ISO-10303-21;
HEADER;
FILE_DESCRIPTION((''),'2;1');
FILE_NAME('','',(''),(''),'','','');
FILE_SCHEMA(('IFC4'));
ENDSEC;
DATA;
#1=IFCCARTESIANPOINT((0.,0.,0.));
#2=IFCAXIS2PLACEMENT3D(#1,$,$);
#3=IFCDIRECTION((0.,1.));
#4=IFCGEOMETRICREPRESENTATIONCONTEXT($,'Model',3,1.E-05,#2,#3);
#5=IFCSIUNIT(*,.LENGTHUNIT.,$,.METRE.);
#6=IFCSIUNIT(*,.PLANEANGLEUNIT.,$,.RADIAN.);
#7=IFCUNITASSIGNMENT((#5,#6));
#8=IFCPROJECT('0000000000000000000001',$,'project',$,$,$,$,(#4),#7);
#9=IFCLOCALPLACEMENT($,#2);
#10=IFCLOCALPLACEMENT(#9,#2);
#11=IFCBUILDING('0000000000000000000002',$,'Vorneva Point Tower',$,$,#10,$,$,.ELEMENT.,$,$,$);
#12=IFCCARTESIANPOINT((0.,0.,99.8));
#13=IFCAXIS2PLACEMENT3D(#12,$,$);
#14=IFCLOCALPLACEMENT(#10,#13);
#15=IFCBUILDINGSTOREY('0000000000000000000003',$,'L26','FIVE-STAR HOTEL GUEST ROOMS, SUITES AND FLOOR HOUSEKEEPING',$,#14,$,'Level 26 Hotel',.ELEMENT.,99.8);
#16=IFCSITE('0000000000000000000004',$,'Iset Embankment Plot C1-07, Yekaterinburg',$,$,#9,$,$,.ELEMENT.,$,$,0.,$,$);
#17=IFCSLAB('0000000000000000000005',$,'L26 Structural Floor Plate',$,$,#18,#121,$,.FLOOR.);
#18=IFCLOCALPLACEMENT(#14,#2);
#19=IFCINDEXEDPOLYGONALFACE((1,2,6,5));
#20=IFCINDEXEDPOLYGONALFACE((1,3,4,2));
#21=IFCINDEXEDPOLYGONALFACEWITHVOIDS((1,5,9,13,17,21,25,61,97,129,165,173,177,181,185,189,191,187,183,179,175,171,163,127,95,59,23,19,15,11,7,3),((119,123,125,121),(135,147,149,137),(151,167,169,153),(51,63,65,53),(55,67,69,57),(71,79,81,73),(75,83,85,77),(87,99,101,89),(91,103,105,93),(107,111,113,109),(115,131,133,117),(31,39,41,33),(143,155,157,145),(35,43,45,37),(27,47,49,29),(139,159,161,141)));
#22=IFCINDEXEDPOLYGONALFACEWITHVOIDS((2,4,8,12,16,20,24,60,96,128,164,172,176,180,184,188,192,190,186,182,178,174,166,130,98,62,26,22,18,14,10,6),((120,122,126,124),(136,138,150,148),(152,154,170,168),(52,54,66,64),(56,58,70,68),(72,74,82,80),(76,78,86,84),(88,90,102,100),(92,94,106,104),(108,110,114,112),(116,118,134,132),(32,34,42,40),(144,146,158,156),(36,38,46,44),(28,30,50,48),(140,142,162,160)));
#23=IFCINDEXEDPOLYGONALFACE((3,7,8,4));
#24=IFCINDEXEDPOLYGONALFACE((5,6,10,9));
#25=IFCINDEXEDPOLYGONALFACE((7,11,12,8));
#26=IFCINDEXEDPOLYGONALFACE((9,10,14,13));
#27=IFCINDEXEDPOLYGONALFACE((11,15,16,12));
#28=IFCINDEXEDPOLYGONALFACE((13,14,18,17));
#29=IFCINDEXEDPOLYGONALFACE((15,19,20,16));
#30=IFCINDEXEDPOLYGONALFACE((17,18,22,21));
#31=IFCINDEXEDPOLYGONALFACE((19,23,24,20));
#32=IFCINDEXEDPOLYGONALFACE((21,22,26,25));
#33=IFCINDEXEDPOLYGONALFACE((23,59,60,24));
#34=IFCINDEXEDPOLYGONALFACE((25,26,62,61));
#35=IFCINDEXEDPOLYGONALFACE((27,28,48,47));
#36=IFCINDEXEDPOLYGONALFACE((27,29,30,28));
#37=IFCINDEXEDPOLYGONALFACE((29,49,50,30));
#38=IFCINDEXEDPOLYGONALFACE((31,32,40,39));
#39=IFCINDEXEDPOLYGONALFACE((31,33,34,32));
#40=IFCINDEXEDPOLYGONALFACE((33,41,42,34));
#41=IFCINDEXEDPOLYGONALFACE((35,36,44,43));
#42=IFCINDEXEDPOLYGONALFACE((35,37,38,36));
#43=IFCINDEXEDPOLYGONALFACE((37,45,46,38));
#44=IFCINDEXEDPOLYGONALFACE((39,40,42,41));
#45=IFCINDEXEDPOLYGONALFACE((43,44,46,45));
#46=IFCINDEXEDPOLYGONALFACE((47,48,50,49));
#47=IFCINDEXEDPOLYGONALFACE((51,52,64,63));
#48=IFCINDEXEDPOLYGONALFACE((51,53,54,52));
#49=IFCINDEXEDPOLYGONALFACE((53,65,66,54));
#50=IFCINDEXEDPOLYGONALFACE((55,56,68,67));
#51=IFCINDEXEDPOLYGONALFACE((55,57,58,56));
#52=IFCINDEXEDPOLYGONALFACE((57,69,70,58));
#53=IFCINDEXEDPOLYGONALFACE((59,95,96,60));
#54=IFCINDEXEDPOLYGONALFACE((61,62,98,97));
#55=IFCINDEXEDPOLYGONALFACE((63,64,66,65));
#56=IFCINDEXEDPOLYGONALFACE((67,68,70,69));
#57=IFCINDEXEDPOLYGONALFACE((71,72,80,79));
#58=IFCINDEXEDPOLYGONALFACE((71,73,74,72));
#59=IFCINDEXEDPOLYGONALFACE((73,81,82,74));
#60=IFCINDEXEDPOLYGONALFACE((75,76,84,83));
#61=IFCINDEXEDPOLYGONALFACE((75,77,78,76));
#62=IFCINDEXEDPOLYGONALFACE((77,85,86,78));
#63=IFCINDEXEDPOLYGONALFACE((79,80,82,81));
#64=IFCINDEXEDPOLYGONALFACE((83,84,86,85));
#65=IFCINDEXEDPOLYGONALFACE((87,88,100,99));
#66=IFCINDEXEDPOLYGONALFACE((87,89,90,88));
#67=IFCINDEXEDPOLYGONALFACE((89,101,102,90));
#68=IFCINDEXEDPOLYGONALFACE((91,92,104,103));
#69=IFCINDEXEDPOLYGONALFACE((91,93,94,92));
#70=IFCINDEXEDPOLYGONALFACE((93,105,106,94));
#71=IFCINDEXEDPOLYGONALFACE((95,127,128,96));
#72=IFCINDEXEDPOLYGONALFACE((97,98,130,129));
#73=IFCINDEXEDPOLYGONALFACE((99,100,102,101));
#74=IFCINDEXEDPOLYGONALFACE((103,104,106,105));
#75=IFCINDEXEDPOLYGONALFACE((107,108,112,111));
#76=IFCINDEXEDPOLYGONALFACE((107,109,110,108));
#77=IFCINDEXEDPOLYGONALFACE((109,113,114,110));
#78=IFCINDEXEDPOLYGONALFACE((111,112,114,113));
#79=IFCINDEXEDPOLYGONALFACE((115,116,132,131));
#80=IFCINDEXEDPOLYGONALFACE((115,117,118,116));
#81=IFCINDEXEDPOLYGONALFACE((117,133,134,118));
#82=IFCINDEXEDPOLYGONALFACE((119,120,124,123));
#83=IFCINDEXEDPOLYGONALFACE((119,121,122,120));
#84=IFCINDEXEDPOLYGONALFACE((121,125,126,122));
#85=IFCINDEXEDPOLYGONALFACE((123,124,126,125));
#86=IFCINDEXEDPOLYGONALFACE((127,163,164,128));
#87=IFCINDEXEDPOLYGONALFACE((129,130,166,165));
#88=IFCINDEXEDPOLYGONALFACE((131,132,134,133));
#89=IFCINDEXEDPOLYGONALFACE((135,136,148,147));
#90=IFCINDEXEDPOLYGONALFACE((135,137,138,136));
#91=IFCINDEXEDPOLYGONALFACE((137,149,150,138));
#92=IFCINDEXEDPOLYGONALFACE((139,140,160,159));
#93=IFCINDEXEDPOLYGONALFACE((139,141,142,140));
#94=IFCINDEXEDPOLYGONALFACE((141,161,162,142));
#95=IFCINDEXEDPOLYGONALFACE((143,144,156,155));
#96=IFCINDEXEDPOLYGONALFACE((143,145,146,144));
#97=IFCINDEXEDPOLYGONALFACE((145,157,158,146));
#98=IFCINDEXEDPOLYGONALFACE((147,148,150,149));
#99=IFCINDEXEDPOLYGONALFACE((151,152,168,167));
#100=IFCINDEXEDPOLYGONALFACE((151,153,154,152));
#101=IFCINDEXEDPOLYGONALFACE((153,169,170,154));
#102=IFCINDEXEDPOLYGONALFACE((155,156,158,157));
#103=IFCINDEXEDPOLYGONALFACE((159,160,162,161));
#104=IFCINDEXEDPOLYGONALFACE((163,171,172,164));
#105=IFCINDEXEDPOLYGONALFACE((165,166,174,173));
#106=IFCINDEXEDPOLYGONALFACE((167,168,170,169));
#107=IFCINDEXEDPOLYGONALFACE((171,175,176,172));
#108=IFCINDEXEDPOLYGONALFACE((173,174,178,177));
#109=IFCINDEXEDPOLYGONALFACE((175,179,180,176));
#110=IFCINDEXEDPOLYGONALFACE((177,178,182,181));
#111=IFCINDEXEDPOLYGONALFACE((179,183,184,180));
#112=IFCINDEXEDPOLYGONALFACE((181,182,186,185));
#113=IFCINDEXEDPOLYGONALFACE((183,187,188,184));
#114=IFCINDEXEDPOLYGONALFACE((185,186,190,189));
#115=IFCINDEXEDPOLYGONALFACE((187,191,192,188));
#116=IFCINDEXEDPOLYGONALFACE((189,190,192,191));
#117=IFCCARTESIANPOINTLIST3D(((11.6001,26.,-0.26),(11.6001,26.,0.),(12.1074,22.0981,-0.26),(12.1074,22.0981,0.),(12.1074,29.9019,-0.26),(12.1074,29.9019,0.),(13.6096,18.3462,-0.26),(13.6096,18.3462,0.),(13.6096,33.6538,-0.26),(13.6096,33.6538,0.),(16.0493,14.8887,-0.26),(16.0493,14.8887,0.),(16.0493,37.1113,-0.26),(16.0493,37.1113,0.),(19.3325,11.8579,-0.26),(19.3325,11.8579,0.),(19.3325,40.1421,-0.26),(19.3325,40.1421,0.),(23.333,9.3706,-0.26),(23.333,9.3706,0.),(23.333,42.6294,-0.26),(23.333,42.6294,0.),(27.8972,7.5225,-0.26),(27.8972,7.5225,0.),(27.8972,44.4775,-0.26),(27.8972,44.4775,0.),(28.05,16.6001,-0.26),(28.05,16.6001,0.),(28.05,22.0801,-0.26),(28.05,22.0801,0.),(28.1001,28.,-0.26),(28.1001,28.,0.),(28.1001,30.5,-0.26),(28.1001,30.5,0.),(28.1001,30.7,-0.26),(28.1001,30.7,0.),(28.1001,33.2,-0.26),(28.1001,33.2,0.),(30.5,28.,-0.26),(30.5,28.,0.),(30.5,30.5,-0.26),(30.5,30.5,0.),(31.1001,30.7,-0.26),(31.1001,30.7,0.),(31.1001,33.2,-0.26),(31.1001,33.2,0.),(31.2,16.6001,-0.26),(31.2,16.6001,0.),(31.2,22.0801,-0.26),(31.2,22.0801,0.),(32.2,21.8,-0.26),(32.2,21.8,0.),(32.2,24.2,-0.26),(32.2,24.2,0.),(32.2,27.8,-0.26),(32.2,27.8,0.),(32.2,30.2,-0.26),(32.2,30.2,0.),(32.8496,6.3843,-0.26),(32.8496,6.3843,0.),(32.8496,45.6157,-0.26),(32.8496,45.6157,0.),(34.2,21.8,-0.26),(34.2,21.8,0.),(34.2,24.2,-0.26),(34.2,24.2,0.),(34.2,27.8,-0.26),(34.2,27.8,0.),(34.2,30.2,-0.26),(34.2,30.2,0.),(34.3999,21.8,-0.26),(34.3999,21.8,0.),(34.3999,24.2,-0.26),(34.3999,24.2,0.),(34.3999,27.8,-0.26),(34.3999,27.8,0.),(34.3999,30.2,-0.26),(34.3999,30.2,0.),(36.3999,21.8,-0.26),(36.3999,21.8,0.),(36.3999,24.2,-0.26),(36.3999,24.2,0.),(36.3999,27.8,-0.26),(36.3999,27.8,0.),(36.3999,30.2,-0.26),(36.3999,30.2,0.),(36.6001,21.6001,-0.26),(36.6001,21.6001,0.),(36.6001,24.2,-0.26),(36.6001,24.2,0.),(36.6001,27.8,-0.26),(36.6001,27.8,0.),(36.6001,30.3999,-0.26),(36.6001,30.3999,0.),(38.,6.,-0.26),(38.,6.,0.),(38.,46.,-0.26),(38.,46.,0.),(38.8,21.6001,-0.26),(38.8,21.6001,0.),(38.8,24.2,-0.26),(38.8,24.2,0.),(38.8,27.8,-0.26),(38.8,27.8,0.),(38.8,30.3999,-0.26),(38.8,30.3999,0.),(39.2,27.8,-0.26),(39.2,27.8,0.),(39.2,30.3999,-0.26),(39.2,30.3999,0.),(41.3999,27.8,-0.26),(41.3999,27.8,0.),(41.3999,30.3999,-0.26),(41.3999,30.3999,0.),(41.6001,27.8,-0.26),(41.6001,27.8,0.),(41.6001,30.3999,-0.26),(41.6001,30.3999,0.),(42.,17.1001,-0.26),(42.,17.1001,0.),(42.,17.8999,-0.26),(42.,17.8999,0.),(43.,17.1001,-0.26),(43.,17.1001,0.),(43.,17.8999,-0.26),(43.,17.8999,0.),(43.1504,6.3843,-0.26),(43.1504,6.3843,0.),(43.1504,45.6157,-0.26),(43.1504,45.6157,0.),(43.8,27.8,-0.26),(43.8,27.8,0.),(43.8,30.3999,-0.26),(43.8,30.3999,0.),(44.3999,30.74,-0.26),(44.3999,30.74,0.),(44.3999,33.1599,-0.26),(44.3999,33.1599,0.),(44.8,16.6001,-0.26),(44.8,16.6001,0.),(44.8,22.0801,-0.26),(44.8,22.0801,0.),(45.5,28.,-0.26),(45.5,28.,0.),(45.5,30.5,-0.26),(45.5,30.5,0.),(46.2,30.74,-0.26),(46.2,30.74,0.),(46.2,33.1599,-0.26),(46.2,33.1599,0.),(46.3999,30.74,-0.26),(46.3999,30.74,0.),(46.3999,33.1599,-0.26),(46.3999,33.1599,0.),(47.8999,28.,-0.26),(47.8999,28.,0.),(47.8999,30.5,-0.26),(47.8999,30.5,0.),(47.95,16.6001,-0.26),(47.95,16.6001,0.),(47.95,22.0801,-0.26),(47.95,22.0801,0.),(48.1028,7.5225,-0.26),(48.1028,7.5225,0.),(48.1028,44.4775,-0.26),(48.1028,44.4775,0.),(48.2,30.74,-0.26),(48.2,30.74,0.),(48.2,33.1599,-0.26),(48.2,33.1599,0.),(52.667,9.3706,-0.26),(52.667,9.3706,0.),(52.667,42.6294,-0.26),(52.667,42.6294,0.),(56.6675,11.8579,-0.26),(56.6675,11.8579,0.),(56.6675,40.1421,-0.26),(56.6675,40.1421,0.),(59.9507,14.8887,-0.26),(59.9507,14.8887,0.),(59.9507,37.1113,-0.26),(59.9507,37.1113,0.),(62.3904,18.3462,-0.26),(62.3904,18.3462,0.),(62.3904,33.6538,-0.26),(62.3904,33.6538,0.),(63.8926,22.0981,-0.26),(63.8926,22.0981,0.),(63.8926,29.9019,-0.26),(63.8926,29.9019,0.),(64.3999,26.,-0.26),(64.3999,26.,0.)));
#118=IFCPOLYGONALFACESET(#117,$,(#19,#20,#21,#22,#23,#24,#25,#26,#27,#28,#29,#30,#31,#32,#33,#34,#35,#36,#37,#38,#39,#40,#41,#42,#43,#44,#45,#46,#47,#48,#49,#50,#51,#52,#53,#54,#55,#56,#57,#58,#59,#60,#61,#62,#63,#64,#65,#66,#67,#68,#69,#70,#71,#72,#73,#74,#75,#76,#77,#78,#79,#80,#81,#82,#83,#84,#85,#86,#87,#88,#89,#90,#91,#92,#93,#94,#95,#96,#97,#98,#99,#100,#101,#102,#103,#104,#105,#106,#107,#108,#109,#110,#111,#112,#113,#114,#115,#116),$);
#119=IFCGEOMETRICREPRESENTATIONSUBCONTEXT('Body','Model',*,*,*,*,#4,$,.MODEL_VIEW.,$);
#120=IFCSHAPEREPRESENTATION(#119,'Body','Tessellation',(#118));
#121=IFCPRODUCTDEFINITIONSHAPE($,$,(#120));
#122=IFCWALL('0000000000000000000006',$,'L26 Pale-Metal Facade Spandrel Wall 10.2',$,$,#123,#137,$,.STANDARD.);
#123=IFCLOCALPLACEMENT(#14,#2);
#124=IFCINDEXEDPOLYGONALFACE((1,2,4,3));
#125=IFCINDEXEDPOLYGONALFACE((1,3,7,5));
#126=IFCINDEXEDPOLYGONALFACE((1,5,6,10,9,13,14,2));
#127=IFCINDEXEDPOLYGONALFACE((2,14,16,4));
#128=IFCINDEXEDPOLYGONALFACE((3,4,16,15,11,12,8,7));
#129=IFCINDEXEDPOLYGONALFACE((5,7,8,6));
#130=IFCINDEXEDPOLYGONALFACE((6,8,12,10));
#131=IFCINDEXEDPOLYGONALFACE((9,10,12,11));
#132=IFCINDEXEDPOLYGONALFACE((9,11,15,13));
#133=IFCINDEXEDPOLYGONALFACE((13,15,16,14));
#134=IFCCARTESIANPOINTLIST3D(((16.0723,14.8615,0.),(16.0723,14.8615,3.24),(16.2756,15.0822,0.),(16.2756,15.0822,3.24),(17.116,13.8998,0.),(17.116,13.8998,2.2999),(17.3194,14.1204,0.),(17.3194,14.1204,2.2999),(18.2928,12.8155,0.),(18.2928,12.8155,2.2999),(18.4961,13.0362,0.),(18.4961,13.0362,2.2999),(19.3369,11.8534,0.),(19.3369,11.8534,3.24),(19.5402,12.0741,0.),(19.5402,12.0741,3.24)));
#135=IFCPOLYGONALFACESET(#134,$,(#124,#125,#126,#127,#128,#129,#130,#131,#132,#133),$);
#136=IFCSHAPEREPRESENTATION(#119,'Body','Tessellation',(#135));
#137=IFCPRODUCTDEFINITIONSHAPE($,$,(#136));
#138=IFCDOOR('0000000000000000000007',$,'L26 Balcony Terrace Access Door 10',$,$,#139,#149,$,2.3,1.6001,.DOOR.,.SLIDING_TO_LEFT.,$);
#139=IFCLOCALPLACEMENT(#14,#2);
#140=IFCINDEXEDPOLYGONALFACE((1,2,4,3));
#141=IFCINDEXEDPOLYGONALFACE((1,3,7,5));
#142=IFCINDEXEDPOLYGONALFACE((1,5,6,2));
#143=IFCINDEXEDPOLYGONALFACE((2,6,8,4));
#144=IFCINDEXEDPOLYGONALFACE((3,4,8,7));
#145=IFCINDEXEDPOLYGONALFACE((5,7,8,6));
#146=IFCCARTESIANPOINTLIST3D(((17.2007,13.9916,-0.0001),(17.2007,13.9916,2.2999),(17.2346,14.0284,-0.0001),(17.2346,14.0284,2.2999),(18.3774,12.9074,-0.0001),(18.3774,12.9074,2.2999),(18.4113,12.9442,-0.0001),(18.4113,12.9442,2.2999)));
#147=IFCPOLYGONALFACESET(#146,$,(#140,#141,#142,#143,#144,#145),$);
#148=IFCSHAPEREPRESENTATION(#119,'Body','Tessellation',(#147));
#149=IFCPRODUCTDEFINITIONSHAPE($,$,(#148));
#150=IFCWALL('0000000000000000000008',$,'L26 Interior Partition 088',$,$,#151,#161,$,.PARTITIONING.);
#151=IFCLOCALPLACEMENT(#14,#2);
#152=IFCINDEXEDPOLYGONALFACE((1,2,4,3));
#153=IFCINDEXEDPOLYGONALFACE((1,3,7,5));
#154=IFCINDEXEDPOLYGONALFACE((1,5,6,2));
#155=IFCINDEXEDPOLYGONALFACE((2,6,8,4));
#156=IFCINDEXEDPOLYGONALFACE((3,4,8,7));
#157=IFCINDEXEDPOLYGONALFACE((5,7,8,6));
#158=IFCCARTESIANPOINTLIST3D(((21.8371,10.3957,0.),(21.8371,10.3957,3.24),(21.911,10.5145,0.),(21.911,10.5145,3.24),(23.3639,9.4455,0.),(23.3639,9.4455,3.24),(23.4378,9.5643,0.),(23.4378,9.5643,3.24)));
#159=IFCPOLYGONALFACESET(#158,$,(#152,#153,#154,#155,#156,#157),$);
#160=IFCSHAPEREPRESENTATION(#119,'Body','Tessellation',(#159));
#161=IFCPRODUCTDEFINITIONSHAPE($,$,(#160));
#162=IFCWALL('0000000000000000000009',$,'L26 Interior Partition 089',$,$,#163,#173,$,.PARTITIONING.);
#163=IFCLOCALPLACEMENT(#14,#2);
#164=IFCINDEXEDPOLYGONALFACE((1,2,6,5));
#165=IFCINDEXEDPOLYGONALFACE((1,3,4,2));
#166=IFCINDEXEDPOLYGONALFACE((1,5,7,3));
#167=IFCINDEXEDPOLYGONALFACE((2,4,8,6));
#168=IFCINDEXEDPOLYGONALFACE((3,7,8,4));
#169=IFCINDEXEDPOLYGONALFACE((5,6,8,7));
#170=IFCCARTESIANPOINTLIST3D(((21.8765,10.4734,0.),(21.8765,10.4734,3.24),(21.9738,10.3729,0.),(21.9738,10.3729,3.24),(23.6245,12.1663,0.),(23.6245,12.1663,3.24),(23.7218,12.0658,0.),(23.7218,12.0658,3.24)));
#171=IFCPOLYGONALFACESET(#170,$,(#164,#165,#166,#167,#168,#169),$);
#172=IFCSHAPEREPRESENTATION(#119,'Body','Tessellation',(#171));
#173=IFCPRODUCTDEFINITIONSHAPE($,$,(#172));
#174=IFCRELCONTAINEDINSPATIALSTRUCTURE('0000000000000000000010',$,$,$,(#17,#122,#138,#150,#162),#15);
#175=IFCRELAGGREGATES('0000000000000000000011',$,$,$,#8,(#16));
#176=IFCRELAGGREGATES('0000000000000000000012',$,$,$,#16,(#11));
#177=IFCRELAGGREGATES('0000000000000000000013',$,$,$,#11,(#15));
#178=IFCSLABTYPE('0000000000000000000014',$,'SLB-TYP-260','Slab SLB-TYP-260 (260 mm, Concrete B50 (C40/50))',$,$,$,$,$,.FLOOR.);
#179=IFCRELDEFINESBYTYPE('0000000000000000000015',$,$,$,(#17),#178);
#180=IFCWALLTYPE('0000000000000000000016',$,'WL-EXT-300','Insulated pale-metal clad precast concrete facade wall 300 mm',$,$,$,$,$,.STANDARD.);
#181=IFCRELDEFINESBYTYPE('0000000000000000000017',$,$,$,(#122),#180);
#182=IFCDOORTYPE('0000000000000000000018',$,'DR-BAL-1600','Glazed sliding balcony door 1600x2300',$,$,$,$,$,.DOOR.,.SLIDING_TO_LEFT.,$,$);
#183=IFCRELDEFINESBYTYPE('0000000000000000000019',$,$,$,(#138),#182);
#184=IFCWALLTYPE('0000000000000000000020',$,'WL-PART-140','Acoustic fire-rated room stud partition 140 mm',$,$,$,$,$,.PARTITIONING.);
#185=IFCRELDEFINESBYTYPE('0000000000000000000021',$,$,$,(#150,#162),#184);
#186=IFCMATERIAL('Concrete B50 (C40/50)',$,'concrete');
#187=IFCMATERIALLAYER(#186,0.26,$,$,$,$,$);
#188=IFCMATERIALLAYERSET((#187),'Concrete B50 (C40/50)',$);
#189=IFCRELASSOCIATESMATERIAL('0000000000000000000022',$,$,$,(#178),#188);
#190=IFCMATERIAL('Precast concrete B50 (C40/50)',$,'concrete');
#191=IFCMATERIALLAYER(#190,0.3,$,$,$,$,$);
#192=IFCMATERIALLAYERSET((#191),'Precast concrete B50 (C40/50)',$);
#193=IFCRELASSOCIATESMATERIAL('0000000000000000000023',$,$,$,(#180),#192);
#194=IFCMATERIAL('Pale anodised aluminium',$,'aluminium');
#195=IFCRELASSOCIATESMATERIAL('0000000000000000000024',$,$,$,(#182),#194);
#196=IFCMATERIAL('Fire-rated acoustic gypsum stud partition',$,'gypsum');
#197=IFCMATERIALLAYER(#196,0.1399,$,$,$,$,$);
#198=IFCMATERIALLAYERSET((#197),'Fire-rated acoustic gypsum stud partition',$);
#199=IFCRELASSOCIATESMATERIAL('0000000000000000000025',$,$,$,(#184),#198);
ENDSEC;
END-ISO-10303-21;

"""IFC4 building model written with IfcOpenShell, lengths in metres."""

from ifc_helpers import new_model, si_unit, direction, frame, frame_2d, origin, place, context, subcontext, project, spatial, polyline, rectangle, outline, extrude, material, layer, layer_set, type_object, element, fill, save


model = new_model("IFC4")

# Units and contexts
model_context = context("Model", 3, precision=1e-05, world=origin(), true_north=direction((0.0, 1.0)))
body_context = subcontext(model_context, "Body", "Model", "MODEL_VIEW")
ifc_project = project(units=[si_unit("LENGTHUNIT", "METRE"), si_unit("PLANEANGLEUNIT", "RADIAN")], contexts=[model_context])

# Site, building, storey
site_placement = place(None, origin())
site = spatial("IfcSite", under=ifc_project, at=site_placement, Name="Iset Embankment Plot C1-07, Yekaterinburg", CompositionType="ELEMENT", RefElevation=0.0)
building_placement = place(site_placement, origin())
building = spatial("IfcBuilding", under=site, at=building_placement, Name="Vorneva Point Tower", CompositionType="ELEMENT")
storey_placement = place(building_placement, frame((0.0, 0.0, 99.8)))
storey = spatial("IfcBuildingStorey", under=building, at=storey_placement, Name="L26", Description="FIVE-STAR HOTEL GUEST ROOMS, SUITES AND FLOOR HOUSEKEEPING", LongName="Level 26 Hotel", CompositionType="ELEMENT", Elevation=99.8)

# Shared definitions
ifc_material_1 = material(Name="Pale anodised aluminium", Category="aluminium")

# Shared definitions
ifc_material_2 = material(Name="Concrete B50 (C40/50)", Category="concrete")

# Slab
ifc_layer_1 = layer(ifc_material_2, 0.26)
ifc_layer_set_1 = layer_set([ifc_layer_1], Name="Concrete B50 (C40/50)")
slab_type_1 = type_object("IfcSlabType", Name="SLB-TYP-260", Description="Slab SLB-TYP-260 (260 mm, Concrete B50 (C40/50))", PredefinedType="FLOOR", material=ifc_layer_set_1)
slab_1_placement = place(storey_placement, frame((0.0, 0.0, -0.26)))
element("IfcSlab", 1, at=slab_1_placement, inside=storey, type_object=slab_type_1, Name="L26 Structural Floor Plate", PredefinedType="FLOOR", context=body_context, shape_type="SweptSolid", body=[
    extrude(outline(polyline([(64.3999, 26.0), (63.8926, 29.9019), (62.3904, 33.6538), (59.9507, 37.1113), (56.6675, 40.1421), (52.667, 42.6294), (48.1028, 44.4775), (43.1504, 45.6157), (38.0, 46.0), (32.8496, 45.6157), (27.8972, 44.4775), (23.333, 42.6294), (19.3325, 40.1421), (16.0493, 37.1113), (13.6096, 33.6538), (12.1074, 29.9019), (11.6001, 26.0), (12.1074, 22.0981), (13.6096, 18.3462), (16.0493, 14.8887), (19.3325, 11.8579), (23.333, 9.3706), (27.8972, 7.5225), (32.8496, 6.3843), (38.0, 6.0), (43.1504, 6.3843), (48.1028, 7.5225), (52.667, 9.3706), (56.6675, 11.8579), (59.9507, 14.8887), (62.3904, 18.3462), (63.8926, 22.0981), (64.3999, 26.0)]), holes=[polyline([(32.2, 27.8), (34.2, 27.8), (34.2, 30.2), (32.2, 30.2), (32.2, 27.8)]), polyline([(34.3999, 27.8), (36.3999, 27.8), (36.3999, 30.2), (34.3999, 30.2), (34.3999, 27.8)]), polyline([(36.6001, 27.8), (38.8, 27.8), (38.8, 30.3999), (36.6001, 30.3999), (36.6001, 27.8)]), polyline([(32.2, 21.8), (34.2, 21.8), (34.2, 24.2), (32.2, 24.2), (32.2, 21.8)]), polyline([(34.3999, 21.8), (36.3999, 21.8), (36.3999, 24.2), (34.3999, 24.2), (34.3999, 21.8)]), polyline([(36.6001, 21.6001), (38.8, 21.6001), (38.8, 24.2), (36.6001, 24.2), (36.6001, 21.6001)]), polyline([(39.2, 27.8), (41.3999, 27.8), (41.3999, 30.3999), (39.2, 30.3999), (39.2, 27.8)]), polyline([(41.6001, 27.8), (43.8, 27.8), (43.8, 30.3999), (41.6001, 30.3999), (41.6001, 27.8)]), polyline([(44.3999, 30.74), (46.2, 30.74), (46.2, 33.1599), (44.3999, 33.1599), (44.3999, 30.74)]), polyline([(46.3999, 30.74), (48.2, 30.74), (48.2, 33.1599), (46.3999, 33.1599), (46.3999, 30.74)]), polyline([(28.1001, 28.0), (30.5, 28.0), (30.5, 30.5), (28.1001, 30.5), (28.1001, 28.0)]), polyline([(45.5, 28.0), (47.8999, 28.0), (47.8999, 30.5), (45.5, 30.5), (45.5, 28.0)]), polyline([(28.1001, 30.7), (31.1001, 30.7), (31.1001, 33.2), (28.1001, 33.2), (28.1001, 30.7)]), polyline([(28.05, 16.6001), (31.2, 16.6001), (31.2, 22.0801), (28.05, 22.0801), (28.05, 16.6001)]), polyline([(44.8, 16.6001), (47.95, 16.6001), (47.95, 22.0801), (44.8, 22.0801), (44.8, 16.6001)]), polyline([(42.0, 17.1001), (43.0, 17.1001), (43.0, 17.8999), (42.0, 17.8999), (42.0, 17.1001)])]), origin(), (0.0, 0.0, 1.0), 0.26),
])

# Wall, opening, door
ifc_material_3 = material(Name="Precast concrete B50 (C40/50)", Category="concrete")
ifc_layer_2 = layer(ifc_material_3, 0.3)
ifc_layer_set_2 = layer_set([ifc_layer_2], Name="Precast concrete B50 (C40/50)")
wall_type_1 = type_object("IfcWallType", Name="WL-EXT-300", Description="Insulated pale-metal clad precast concrete facade wall 300 mm", PredefinedType="STANDARD", material=ifc_layer_set_2)
wall_1_placement = place(storey_placement, frame((16.1738, 14.9719, 0.0), z_axis=(0.0, 0.0, 1.0), x_axis=(0.735417, -0.677615, 0.0)))
wall_1 = element("IfcWall", 2, at=wall_1_placement, inside=storey, type_object=wall_type_1, Name="L26 Pale-Metal Facade Spandrel Wall 10.2", PredefinedType="STANDARD", context=body_context, shape_type="SweptSolid", body=[
    extrude(rectangle(XDim=4.4392, YDim=0.3, at=frame_2d((2.2197, 0.0))), origin(), (0.0, 0.0, 1.0), 3.24),
])
opening_1_placement = place(wall_1_placement, frame((1.4194, 0.0, 0.0)))
opening_1 = element("IfcOpeningElement", 3, at=opening_1_placement, cuts=wall_1, PredefinedType="OPENING", context=body_context, shape_type="SweptSolid", body=[
    extrude(rectangle(XDim=1.6001, YDim=2.3, at=frame_2d((0.8, 1.1499))), frame((0.0, 0.165, 0.0), z_axis=(0.0, -1.0, 0.0), x_axis=(1.0, 0.0, 0.0)), (0.0, 0.0, 1.0), 0.3298),
])
door_type_1 = type_object("IfcDoorType", Name="DR-BAL-1600", Description="Glazed sliding balcony door 1600x2300", OperationType="SLIDING_TO_LEFT", PredefinedType="DOOR", material=ifc_material_1)
door_1_placement = place(opening_1_placement, origin())
door_1 = element("IfcDoor", 4, at=door_1_placement, inside=storey, type_object=door_type_1, Name="L26 Balcony Terrace Access Door 10", OperationType="SLIDING_TO_LEFT", OverallHeight=2.3, OverallWidth=1.6001, PredefinedType="DOOR", context=body_context, shape_type="SweptSolid", body=[
    extrude(rectangle(XDim=1.6001, YDim=2.3, at=frame_2d((0.8, 1.1499))), frame((0.0, 0.0249, 0.0), z_axis=(0.0, -1.0, 0.0), x_axis=(1.0, 0.0, 0.0)), (0.0, 0.0, 1.0), 0.05),
])
fill(opening_1, door_1)

# Walls
ifc_material_4 = material(Name="Fire-rated acoustic gypsum stud partition", Category="gypsum")
ifc_layer_3 = layer(ifc_material_4, 0.1399)
ifc_layer_set_3 = layer_set([ifc_layer_3], Name="Fire-rated acoustic gypsum stud partition")
wall_type_2 = type_object("IfcWallType", Name="WL-PART-140", Description="Acoustic fire-rated room stud partition 140 mm", PredefinedType="PARTITIONING", material=ifc_layer_set_3)
wall_2_placement = place(storey_placement, frame((21.874, 10.4551, 0.0), z_axis=(0.0, 0.0, 1.0), x_axis=(0.849019, -0.528363, 0.0)))
element("IfcWall", 5, at=wall_2_placement, inside=storey, type_object=wall_type_2, Name="L26 Interior Partition 088", PredefinedType="PARTITIONING", context=body_context, shape_type="SweptSolid", body=[
    extrude(rectangle(XDim=1.7983, YDim=0.1399, at=frame_2d((0.8992, 0.0))), origin(), (0.0, 0.0, 1.0), 3.24),
])
wall_3_placement = place(storey_placement, frame((21.925, 10.4231, 0.0), z_axis=(0.0, 0.0, 1.0), x_axis=(0.718353, 0.695679, 0.0)))
element("IfcWall", 6, at=wall_3_placement, inside=storey, type_object=wall_type_2, Name="L26 Interior Partition 089", PredefinedType="PARTITIONING", context=body_context, shape_type="SweptSolid", body=[
    extrude(rectangle(XDim=2.4333, YDim=0.1399, at=frame_2d((1.2168, 0.0))), origin(), (0.0, 0.0, 1.0), 3.24),
])

save(model, "model.ifc")
